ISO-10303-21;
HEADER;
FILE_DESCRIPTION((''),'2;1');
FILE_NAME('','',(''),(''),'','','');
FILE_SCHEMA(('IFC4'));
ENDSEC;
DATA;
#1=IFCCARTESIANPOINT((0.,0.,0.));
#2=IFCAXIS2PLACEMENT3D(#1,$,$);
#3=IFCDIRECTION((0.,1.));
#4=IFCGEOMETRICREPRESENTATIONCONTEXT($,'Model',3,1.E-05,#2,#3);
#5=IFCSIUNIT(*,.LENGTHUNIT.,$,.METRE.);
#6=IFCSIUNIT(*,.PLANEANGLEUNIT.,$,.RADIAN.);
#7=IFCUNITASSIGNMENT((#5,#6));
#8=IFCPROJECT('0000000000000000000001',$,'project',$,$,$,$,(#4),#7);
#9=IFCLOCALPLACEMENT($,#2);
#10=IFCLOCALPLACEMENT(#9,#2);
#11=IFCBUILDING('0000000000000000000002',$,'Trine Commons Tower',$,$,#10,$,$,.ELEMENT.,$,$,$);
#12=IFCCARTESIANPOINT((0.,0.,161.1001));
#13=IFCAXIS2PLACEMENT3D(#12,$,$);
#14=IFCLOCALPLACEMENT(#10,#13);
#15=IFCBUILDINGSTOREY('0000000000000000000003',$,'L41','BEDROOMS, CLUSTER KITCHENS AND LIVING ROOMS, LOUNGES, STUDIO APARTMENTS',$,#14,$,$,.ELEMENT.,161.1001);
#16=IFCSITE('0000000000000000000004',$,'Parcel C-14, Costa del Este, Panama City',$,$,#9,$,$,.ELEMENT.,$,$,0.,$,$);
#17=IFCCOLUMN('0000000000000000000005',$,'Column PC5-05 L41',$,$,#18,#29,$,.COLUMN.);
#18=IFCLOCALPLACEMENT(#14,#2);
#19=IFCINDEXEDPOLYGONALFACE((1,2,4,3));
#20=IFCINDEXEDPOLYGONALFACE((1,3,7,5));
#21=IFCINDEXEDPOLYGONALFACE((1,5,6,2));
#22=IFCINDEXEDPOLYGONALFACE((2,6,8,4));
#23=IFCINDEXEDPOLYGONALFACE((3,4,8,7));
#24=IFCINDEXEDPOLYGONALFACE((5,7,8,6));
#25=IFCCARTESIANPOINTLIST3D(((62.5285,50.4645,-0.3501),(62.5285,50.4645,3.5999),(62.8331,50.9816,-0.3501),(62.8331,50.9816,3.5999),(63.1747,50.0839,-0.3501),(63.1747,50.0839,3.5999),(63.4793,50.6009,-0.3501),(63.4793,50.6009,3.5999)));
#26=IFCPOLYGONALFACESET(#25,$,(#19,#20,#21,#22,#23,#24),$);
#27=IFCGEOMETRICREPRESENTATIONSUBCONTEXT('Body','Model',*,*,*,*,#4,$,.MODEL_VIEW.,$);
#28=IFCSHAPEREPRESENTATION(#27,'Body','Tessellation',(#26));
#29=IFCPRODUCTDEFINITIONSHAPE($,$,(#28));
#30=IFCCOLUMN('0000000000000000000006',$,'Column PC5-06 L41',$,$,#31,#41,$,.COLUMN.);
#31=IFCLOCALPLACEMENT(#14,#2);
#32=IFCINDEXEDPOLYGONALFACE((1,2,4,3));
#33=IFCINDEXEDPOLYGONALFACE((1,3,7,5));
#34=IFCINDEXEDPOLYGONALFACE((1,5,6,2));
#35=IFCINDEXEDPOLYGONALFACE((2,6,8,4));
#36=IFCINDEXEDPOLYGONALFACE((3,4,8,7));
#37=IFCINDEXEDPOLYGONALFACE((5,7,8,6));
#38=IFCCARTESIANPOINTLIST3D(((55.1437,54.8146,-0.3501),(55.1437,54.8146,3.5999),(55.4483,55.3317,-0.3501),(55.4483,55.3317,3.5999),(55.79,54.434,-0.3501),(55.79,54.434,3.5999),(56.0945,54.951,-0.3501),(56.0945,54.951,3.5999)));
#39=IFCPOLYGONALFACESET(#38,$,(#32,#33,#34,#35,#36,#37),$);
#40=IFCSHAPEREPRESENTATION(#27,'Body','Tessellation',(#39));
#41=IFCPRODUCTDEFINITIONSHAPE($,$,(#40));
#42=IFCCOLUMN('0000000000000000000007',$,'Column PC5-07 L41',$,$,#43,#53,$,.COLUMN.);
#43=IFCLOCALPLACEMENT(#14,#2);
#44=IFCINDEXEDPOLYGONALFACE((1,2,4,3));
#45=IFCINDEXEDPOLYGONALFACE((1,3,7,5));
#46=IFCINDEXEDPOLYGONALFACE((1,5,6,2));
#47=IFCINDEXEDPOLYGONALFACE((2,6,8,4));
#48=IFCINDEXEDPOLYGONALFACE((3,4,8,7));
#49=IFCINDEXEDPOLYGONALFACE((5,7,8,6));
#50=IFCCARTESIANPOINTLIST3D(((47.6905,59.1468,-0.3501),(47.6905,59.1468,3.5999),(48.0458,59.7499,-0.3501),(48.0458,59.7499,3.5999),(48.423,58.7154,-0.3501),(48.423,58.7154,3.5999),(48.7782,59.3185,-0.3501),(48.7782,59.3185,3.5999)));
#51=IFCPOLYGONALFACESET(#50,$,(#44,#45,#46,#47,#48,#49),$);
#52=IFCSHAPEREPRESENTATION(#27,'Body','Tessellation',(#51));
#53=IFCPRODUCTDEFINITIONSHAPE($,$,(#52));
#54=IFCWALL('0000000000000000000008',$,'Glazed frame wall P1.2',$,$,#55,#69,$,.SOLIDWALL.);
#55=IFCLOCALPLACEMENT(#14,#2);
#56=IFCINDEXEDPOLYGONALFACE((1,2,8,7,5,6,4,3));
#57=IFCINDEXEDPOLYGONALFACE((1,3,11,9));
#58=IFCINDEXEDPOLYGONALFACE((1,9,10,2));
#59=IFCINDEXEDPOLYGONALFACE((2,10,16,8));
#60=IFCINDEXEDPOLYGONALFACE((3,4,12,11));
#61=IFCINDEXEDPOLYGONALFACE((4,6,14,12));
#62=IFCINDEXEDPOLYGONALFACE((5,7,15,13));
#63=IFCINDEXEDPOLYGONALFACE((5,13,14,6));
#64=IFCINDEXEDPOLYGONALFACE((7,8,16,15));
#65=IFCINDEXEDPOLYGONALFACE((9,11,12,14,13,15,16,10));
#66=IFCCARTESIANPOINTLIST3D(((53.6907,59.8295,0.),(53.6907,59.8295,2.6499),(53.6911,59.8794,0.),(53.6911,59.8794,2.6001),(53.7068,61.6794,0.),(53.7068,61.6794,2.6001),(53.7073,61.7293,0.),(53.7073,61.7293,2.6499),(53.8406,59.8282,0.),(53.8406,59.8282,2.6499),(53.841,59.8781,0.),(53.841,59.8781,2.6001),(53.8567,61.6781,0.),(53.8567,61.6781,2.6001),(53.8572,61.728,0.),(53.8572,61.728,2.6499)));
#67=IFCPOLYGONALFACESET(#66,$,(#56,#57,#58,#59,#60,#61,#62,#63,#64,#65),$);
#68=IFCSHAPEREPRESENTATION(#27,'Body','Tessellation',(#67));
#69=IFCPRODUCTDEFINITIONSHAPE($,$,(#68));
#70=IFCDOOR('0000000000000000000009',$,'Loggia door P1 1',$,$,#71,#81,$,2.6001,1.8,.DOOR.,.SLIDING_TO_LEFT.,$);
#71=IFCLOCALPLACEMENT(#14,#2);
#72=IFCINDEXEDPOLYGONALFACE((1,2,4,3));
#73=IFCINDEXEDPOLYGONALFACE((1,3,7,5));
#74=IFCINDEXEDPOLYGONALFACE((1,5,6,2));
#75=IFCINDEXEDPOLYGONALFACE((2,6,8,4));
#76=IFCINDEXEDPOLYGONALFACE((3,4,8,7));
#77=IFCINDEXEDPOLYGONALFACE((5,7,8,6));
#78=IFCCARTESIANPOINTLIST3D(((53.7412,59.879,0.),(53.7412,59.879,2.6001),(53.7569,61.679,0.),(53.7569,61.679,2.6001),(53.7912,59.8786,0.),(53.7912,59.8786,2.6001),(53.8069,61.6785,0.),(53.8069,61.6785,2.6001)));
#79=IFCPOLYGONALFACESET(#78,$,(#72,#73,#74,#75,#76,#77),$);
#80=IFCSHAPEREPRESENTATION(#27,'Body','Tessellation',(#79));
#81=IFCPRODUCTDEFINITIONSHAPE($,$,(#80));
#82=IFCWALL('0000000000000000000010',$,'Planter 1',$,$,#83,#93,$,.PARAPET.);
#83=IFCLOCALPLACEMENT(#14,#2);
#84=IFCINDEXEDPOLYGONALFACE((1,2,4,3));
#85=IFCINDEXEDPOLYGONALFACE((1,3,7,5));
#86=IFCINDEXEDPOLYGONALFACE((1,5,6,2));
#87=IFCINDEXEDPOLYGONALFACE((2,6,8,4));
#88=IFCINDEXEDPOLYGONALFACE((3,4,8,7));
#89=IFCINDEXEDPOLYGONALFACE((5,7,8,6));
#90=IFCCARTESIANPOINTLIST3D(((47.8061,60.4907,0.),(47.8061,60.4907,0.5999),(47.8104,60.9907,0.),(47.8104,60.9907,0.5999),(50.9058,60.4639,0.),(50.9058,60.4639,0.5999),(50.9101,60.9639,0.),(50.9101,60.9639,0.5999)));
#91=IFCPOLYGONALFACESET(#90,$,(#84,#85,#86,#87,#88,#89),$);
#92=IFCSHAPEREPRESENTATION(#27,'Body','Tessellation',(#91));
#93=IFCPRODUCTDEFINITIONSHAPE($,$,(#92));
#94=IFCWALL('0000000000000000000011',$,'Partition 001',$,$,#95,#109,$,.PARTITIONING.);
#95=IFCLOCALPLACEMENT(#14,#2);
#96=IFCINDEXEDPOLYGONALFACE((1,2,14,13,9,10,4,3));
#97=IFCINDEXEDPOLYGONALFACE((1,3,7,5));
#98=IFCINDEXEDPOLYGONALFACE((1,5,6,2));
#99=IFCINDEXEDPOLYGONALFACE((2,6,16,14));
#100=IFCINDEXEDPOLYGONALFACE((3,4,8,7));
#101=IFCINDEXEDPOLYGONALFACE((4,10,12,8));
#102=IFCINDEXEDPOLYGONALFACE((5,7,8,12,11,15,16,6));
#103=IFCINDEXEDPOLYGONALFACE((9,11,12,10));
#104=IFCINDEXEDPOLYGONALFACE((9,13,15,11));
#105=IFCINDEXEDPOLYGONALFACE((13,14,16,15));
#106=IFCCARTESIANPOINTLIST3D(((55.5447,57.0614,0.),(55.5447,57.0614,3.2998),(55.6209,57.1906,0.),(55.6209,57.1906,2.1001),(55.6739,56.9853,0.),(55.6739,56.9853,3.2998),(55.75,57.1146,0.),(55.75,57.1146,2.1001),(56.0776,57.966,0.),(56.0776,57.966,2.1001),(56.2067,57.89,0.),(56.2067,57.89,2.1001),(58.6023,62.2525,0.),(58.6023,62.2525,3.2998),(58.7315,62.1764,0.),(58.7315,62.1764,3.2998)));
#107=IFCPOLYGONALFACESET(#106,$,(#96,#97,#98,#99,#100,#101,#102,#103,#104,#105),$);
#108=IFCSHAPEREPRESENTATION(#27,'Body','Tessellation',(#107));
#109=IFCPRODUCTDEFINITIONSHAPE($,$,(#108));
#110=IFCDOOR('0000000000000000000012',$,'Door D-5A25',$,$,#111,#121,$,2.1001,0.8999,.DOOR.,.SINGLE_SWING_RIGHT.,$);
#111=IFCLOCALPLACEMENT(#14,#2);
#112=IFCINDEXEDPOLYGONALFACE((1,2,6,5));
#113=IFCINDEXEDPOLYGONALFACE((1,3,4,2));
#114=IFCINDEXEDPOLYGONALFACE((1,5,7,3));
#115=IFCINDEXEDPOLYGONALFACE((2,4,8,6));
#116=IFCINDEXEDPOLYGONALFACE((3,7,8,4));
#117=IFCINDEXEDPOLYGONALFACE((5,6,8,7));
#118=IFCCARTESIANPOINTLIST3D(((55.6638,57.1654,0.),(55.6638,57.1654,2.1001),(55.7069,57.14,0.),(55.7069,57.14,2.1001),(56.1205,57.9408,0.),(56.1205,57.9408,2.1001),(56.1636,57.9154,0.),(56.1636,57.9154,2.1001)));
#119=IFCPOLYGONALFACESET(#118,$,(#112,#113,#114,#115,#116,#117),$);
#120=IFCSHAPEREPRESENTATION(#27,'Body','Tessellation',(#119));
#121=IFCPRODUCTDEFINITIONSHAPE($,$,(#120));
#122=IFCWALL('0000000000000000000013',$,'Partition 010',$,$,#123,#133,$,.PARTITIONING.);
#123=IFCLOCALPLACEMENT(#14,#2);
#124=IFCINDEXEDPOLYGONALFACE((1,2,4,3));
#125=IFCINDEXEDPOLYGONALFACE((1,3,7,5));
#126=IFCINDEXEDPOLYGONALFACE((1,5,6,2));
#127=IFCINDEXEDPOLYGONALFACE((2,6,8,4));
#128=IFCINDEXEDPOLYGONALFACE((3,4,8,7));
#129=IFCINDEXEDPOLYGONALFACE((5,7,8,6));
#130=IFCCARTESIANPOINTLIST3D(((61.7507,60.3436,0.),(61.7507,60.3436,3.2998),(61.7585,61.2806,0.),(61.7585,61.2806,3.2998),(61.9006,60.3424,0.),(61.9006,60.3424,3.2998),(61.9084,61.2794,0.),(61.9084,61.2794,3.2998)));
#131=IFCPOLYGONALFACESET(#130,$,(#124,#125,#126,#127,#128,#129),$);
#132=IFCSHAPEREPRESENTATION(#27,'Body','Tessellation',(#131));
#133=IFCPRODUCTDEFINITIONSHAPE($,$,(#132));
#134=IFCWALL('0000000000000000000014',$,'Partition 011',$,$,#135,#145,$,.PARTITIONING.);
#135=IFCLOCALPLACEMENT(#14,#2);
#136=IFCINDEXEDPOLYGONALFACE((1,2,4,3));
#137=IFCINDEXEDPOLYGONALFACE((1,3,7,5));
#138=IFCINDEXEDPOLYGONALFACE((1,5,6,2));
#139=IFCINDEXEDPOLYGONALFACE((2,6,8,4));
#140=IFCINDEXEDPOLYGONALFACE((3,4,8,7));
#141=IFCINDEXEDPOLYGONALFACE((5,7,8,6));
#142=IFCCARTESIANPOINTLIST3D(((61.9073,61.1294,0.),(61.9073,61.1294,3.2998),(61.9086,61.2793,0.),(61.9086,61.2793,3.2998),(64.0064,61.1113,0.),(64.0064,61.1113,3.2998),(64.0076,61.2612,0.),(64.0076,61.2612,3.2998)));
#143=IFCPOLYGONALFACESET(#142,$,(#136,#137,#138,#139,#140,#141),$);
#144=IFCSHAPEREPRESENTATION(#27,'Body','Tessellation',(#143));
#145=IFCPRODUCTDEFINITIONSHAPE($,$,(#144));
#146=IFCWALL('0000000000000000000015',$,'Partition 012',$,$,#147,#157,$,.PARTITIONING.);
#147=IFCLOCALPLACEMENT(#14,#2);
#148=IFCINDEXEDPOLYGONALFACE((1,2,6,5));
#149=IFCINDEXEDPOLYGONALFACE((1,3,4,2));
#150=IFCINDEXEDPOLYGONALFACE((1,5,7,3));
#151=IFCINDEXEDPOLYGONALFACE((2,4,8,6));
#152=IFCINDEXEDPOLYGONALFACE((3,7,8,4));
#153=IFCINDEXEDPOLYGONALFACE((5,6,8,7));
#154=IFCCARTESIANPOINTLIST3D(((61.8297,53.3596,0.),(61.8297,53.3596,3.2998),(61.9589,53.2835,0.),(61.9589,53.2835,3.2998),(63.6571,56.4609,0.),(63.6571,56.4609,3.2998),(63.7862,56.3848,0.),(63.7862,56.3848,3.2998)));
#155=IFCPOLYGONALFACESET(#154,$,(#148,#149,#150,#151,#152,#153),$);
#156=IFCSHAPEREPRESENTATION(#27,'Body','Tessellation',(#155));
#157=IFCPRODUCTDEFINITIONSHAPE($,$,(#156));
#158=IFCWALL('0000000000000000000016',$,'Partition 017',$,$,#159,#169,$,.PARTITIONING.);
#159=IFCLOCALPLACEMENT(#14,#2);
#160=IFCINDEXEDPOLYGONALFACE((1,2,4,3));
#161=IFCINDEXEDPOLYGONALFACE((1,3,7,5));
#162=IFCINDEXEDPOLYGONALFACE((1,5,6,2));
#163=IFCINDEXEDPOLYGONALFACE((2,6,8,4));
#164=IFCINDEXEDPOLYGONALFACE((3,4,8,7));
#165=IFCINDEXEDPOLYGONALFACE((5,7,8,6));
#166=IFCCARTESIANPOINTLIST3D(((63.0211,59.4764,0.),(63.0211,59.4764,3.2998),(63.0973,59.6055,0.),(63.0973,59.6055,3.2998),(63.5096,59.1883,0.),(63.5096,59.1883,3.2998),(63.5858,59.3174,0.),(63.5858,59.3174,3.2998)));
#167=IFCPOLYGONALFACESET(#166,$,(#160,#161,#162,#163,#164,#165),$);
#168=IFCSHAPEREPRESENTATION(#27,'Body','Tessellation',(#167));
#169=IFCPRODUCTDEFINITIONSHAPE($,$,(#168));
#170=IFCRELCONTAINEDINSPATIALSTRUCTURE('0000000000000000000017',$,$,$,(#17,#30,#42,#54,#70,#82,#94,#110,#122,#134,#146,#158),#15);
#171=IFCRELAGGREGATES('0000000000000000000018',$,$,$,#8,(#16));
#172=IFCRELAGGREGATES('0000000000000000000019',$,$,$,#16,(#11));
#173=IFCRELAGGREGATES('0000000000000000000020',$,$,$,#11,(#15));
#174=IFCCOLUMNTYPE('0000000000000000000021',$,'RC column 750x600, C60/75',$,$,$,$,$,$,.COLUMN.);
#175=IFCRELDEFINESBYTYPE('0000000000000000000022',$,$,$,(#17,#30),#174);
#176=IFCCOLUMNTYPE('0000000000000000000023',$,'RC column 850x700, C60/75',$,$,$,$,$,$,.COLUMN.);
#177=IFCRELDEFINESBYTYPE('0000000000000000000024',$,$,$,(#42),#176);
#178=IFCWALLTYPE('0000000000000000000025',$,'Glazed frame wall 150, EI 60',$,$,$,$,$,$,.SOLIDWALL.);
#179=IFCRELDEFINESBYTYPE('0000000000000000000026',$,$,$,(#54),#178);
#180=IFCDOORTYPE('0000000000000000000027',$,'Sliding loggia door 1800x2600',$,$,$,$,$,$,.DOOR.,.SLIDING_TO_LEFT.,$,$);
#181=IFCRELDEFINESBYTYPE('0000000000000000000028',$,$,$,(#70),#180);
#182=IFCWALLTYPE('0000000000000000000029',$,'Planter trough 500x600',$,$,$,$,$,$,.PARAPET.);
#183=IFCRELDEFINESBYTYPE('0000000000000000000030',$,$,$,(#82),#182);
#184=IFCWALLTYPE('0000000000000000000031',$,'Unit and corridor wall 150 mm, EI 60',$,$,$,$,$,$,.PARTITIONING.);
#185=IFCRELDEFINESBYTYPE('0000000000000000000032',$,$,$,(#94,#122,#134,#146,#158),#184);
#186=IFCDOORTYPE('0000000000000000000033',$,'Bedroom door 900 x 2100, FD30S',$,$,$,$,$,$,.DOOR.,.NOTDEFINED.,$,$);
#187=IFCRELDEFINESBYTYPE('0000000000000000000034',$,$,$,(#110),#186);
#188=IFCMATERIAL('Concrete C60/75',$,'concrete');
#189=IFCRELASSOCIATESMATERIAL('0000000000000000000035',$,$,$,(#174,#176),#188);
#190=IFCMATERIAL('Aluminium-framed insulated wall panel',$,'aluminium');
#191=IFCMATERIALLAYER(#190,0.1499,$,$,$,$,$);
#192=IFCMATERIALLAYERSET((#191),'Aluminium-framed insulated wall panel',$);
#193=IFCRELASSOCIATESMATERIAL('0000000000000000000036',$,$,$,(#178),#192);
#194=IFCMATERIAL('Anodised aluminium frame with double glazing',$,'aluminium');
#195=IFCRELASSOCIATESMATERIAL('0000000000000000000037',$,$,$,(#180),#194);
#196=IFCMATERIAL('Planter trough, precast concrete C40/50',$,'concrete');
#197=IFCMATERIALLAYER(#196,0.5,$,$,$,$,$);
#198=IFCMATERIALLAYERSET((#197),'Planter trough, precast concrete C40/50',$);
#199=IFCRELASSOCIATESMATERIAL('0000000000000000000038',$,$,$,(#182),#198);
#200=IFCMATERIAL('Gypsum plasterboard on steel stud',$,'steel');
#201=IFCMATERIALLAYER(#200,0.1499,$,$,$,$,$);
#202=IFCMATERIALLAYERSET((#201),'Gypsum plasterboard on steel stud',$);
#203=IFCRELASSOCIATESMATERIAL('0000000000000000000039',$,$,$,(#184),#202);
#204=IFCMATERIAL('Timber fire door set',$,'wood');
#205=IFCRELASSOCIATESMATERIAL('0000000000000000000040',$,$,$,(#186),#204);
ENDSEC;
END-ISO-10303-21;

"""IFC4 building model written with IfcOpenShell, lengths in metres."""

from ifc_helpers import new_model, si_unit, direction, frame, frame_2d, origin, origin_2d, place, context, subcontext, project, spatial, polyline, rectangle, outline, extrude, material, layer, layer_set, material_profile, profile_set, type_object, element, fill, save


model = new_model("IFC4")

# Units and contexts
model_context = context("Model", 3, precision=1e-05, world=origin(), true_north=direction((0.0, 1.0)))
body_context = subcontext(model_context, "Body", "Model", "MODEL_VIEW")
ifc_project = project(units=[si_unit("LENGTHUNIT", "METRE"), si_unit("PLANEANGLEUNIT", "RADIAN")], contexts=[model_context])

# Site, building, storey
site_placement = place(None, origin())
site = spatial("IfcSite", under=ifc_project, at=site_placement, Name="Parcel C-14, Costa del Este, Panama City", CompositionType="ELEMENT", RefElevation=0.0)
building_placement = place(site_placement, origin())
building = spatial("IfcBuilding", under=site, at=building_placement, Name="Trine Commons Tower", CompositionType="ELEMENT")
storey_placement = place(building_placement, frame((0.0, 0.0, 161.1001)))
storey = spatial("IfcBuildingStorey", under=building, at=storey_placement, Name="L41", Description="BEDROOMS, CLUSTER KITCHENS AND LIVING ROOMS, LOUNGES, STUDIO APARTMENTS", CompositionType="ELEMENT", Elevation=161.1001)

# Columns
ifc_material_1 = material(Name="Concrete C60/75", Category="concrete")
ifc_material_profile_1 = material_profile(ifc_material_1, rectangle(XDim=0.75, YDim=0.6001, at=origin_2d()), Name="RC 750x600")
ifc_profile_set_1 = profile_set([ifc_material_profile_1], Name="Concrete C60/75")
column_type_1 = type_object("IfcColumnType", Name="RC column 750x600, C60/75", PredefinedType="COLUMN", material=ifc_profile_set_1)
for number, where, z_axis, x_axis, name in (
    (1, (63.0039, 50.5327, -0.3501), (0.0, 0.0, 1.0), (-0.861629, 0.507538, 0.0), "Column PC5-05 L41"),
    (2, (55.6191, 54.8828, -0.3501), (0.0, 0.0, 1.0), (-0.861629, 0.507538, 0.0), "Column PC5-06 L41"),
):
    element("IfcColumn", number, at=place(storey_placement, frame(where, z_axis=z_axis, x_axis=x_axis)), inside=storey, type_object=column_type_1, Name=name, PredefinedType="COLUMN", context=body_context, shape_type="SweptSolid", body=[
        extrude(rectangle(XDim=0.75, YDim=0.6001, at=origin_2d()), origin(), (0.0, 0.0, 1.0), 3.95),
    ])
ifc_material_profile_2 = material_profile(ifc_material_1, rectangle(XDim=0.8501, YDim=0.7, at=origin_2d()), Name="RC 850x700")
ifc_profile_set_2 = profile_set([ifc_material_profile_2], Name="Concrete C60/75")
column_type_2 = type_object("IfcColumnType", Name="RC column 850x700, C60/75", PredefinedType="COLUMN", material=ifc_profile_set_2)
column_placement = place(storey_placement, frame((48.2344, 59.2327, -0.3501), z_axis=(0.0, 0.0, 1.0), x_axis=(-0.861629, 0.507538, 0.0)))
element("IfcColumn", 3, at=column_placement, inside=storey, type_object=column_type_2, Name="Column PC5-07 L41", PredefinedType="COLUMN", context=body_context, shape_type="SweptSolid", body=[
    extrude(rectangle(XDim=0.8501, YDim=0.7, at=origin_2d()), origin(), (0.0, 0.0, 1.0), 3.95),
])

# Shared definitions
ifc_material_2 = material(Name="Aluminium-framed insulated wall panel", Category="aluminium")
ifc_layer_1 = layer(ifc_material_2, 0.1499)
ifc_layer_set_1 = layer_set([ifc_layer_1], Name="Aluminium-framed insulated wall panel")
wall_type_1 = type_object("IfcWallType", Name="Glazed frame wall 150, EI 60", PredefinedType="SOLIDWALL", material=ifc_layer_set_1)

# Wall, opening, door
wall_1_placement = place(storey_placement, frame((53.7656, 59.8289, 0.0), z_axis=(0.0, 0.0, 1.0), x_axis=(0.008738, 0.999962, 0.0)))
wall_1 = element("IfcWall", 4, at=wall_1_placement, inside=storey, type_object=wall_type_1, Name="Glazed frame wall P1.2", PredefinedType="SOLIDWALL", context=body_context, shape_type="SweptSolid", body=[
    extrude(outline(polyline([(0.0, -0.075), (1.8999, -0.075), (1.8999, 0.075), (0.0, 0.075), (0.0, -0.075)])), origin(), (0.0, 0.0, 1.0), 2.6499),
])
opening_1_placement = place(wall_1_placement, frame((0.05, 0.0, 0.0)))
opening_1 = element("IfcOpeningElement", 5, at=opening_1_placement, cuts=wall_1, PredefinedType="OPENING", context=body_context, shape_type="SweptSolid", body=[
    extrude(rectangle(XDim=1.8, YDim=2.6001, at=frame_2d((0.8999, 1.3))), frame((0.0, 0.085, 0.0), z_axis=(0.0, -1.0, 0.0), x_axis=(1.0, 0.0, 0.0)), (0.0, 0.0, 1.0), 0.1699),
])
ifc_material_3 = material(Name="Anodised aluminium frame with double glazing", Category="aluminium")
door_type_1 = type_object("IfcDoorType", Name="Sliding loggia door 1800x2600", OperationType="SLIDING_TO_LEFT", PredefinedType="DOOR", material=ifc_material_3)
door_1_placement = place(opening_1_placement, origin())
door_1 = element("IfcDoor", 6, at=door_1_placement, inside=storey, type_object=door_type_1, Name="Loggia door P1 1", OperationType="SLIDING_TO_LEFT", OverallHeight=2.6001, OverallWidth=1.8, PredefinedType="DOOR", context=body_context, shape_type="SweptSolid", body=[
    extrude(rectangle(XDim=1.8, YDim=2.6001, at=frame_2d((0.8999, 1.3))), frame((0.0, 0.0249, 0.0), z_axis=(0.0, -1.0, 0.0), x_axis=(1.0, 0.0, 0.0)), (0.0, 0.0, 1.0), 0.05),
])
fill(opening_1, door_1)

# Wall
ifc_material_4 = material(Name="Planter trough, precast concrete C40/50", Category="concrete")
ifc_layer_2 = layer(ifc_material_4, 0.5)
ifc_layer_set_2 = layer_set([ifc_layer_2], Name="Planter trough, precast concrete C40/50")
wall_type_2 = type_object("IfcWallType", Name="Planter trough 500x600", PredefinedType="PARAPET", material=ifc_layer_set_2)
wall_2_placement = place(storey_placement, frame((47.8083, 60.7407, 0.0), z_axis=(0.0, 0.0, 1.0), x_axis=(0.999962, -0.008663, 0.0)))
element("IfcWall", 7, at=wall_2_placement, inside=storey, type_object=wall_type_2, Name="Planter 1", PredefinedType="PARAPET", context=body_context, shape_type="SweptSolid", body=[
    extrude(rectangle(XDim=3.0999, YDim=0.5, at=frame_2d((1.5498, 0.0))), origin(), (0.0, 0.0, 1.0), 0.5999),
])

# Wall, opening, door
ifc_material_5 = material(Name="Gypsum plasterboard on steel stud", Category="steel")
ifc_layer_3 = layer(ifc_material_5, 0.1499)
ifc_layer_set_3 = layer_set([ifc_layer_3], Name="Gypsum plasterboard on steel stud")
wall_type_3 = type_object("IfcWallType", Name="Unit and corridor wall 150 mm, EI 60", PredefinedType="PARTITIONING", material=ifc_layer_set_3)
wall_3_placement = place(storey_placement, frame((55.6094, 57.0234, 0.0), z_axis=(0.0, 0.0, 1.0), x_axis=(0.507512, 0.861644, 0.0)))
wall_3 = element("IfcWall", 8, at=wall_3_placement, inside=storey, type_object=wall_type_3, Name="Partition 001", PredefinedType="PARTITIONING", context=body_context, shape_type="SweptSolid", body=[
    extrude(rectangle(XDim=6.0247, YDim=0.1499, at=frame_2d((3.0122, 0.0))), origin(), (0.0, 0.0, 1.0), 3.2998),
])
opening_2_placement = place(wall_3_placement, frame((0.1499, 0.0, 0.0)))
opening_2 = element("IfcOpeningElement", 9, at=opening_2_placement, cuts=wall_3, PredefinedType="OPENING", context=body_context, shape_type="SweptSolid", body=[
    extrude(rectangle(XDim=0.8999, YDim=2.1001, at=frame_2d((0.45, 1.05))), frame((0.0, 0.085, 0.0), z_axis=(0.0, -1.0, 0.0), x_axis=(1.0, 0.0, 0.0)), (0.0, 0.0, 1.0), 0.1699),
])
ifc_material_6 = material(Name="Timber fire door set", Category="wood")
door_type_2 = type_object("IfcDoorType", Name="Bedroom door 900 x 2100, FD30S", OperationType="NOTDEFINED", PredefinedType="DOOR", material=ifc_material_6)
door_2_placement = place(opening_2_placement, frame((0.8999, 0.0, 0.0), z_axis=(0.0, 0.0, 1.0), x_axis=(-1.0, 0.0, 0.0)))
door_2 = element("IfcDoor", 10, at=door_2_placement, inside=storey, type_object=door_type_2, Name="Door D-5A25", OperationType="SINGLE_SWING_RIGHT", OverallHeight=2.1001, OverallWidth=0.8999, PredefinedType="DOOR", context=body_context, shape_type="SweptSolid", body=[
    extrude(rectangle(XDim=0.8999, YDim=2.1001, at=frame_2d((0.45, 1.05))), frame((0.0, 0.0249, 0.0), z_axis=(0.0, -1.0, 0.0), x_axis=(1.0, 0.0, 0.0)), (0.0, 0.0, 1.0), 0.05),
])
fill(opening_2, door_2)

# Walls
wall_4_placement = place(storey_placement, frame((61.8257, 60.343, 0.0), z_axis=(0.0, 0.0, 1.0), x_axis=(0.008337, 0.999965, 0.0)))
element("IfcWall", 11, at=wall_4_placement, inside=storey, type_object=wall_type_3, Name="Partition 010", PredefinedType="PARTITIONING", context=body_context, shape_type="SweptSolid", body=[
    extrude(rectangle(XDim=0.937, YDim=0.1499, at=frame_2d((0.4685, 0.0))), origin(), (0.0, 0.0, 1.0), 3.2998),
])
wall_5_placement = place(storey_placement, frame((61.908, 61.2043, 0.0), z_axis=(0.0, 0.0, 1.0), x_axis=(0.999963, -0.008606, 0.0)))
element("IfcWall", 12, at=wall_5_placement, inside=storey, type_object=wall_type_3, Name="Partition 011", PredefinedType="PARTITIONING", context=body_context, shape_type="SweptSolid", body=[
    extrude(rectangle(XDim=2.0991, YDim=0.1499, at=frame_2d((1.0496, 0.0))), origin(), (0.0, 0.0, 1.0), 3.2998),
])
wall_6_placement = place(storey_placement, frame((61.8943, 53.3215, 0.0), z_axis=(0.0, 0.0, 1.0), x_axis=(0.507657, 0.861559, 0.0)))
element("IfcWall", 13, at=wall_6_placement, inside=storey, type_object=wall_type_3, Name="Partition 012", PredefinedType="PARTITIONING", context=body_context, shape_type="SweptSolid", body=[
    extrude(rectangle(XDim=3.5996, YDim=0.1499, at=frame_2d((1.7998, 0.0))), origin(), (0.0, 0.0, 1.0), 3.2998),
])
wall_7_placement = place(storey_placement, frame((63.0591, 59.541, 0.0), z_axis=(0.0, 0.0, 1.0), x_axis=(0.86138, -0.50796, 0.0)))
element("IfcWall", 14, at=wall_7_placement, inside=storey, type_object=wall_type_3, Name="Partition 017", PredefinedType="PARTITIONING", context=body_context, shape_type="SweptSolid", body=[
    extrude(rectangle(XDim=0.5671, YDim=0.1499, at=frame_2d((0.2837, 0.0))), origin(), (0.0, 0.0, 1.0), 3.2998),
])

save(model, "model.ifc")
